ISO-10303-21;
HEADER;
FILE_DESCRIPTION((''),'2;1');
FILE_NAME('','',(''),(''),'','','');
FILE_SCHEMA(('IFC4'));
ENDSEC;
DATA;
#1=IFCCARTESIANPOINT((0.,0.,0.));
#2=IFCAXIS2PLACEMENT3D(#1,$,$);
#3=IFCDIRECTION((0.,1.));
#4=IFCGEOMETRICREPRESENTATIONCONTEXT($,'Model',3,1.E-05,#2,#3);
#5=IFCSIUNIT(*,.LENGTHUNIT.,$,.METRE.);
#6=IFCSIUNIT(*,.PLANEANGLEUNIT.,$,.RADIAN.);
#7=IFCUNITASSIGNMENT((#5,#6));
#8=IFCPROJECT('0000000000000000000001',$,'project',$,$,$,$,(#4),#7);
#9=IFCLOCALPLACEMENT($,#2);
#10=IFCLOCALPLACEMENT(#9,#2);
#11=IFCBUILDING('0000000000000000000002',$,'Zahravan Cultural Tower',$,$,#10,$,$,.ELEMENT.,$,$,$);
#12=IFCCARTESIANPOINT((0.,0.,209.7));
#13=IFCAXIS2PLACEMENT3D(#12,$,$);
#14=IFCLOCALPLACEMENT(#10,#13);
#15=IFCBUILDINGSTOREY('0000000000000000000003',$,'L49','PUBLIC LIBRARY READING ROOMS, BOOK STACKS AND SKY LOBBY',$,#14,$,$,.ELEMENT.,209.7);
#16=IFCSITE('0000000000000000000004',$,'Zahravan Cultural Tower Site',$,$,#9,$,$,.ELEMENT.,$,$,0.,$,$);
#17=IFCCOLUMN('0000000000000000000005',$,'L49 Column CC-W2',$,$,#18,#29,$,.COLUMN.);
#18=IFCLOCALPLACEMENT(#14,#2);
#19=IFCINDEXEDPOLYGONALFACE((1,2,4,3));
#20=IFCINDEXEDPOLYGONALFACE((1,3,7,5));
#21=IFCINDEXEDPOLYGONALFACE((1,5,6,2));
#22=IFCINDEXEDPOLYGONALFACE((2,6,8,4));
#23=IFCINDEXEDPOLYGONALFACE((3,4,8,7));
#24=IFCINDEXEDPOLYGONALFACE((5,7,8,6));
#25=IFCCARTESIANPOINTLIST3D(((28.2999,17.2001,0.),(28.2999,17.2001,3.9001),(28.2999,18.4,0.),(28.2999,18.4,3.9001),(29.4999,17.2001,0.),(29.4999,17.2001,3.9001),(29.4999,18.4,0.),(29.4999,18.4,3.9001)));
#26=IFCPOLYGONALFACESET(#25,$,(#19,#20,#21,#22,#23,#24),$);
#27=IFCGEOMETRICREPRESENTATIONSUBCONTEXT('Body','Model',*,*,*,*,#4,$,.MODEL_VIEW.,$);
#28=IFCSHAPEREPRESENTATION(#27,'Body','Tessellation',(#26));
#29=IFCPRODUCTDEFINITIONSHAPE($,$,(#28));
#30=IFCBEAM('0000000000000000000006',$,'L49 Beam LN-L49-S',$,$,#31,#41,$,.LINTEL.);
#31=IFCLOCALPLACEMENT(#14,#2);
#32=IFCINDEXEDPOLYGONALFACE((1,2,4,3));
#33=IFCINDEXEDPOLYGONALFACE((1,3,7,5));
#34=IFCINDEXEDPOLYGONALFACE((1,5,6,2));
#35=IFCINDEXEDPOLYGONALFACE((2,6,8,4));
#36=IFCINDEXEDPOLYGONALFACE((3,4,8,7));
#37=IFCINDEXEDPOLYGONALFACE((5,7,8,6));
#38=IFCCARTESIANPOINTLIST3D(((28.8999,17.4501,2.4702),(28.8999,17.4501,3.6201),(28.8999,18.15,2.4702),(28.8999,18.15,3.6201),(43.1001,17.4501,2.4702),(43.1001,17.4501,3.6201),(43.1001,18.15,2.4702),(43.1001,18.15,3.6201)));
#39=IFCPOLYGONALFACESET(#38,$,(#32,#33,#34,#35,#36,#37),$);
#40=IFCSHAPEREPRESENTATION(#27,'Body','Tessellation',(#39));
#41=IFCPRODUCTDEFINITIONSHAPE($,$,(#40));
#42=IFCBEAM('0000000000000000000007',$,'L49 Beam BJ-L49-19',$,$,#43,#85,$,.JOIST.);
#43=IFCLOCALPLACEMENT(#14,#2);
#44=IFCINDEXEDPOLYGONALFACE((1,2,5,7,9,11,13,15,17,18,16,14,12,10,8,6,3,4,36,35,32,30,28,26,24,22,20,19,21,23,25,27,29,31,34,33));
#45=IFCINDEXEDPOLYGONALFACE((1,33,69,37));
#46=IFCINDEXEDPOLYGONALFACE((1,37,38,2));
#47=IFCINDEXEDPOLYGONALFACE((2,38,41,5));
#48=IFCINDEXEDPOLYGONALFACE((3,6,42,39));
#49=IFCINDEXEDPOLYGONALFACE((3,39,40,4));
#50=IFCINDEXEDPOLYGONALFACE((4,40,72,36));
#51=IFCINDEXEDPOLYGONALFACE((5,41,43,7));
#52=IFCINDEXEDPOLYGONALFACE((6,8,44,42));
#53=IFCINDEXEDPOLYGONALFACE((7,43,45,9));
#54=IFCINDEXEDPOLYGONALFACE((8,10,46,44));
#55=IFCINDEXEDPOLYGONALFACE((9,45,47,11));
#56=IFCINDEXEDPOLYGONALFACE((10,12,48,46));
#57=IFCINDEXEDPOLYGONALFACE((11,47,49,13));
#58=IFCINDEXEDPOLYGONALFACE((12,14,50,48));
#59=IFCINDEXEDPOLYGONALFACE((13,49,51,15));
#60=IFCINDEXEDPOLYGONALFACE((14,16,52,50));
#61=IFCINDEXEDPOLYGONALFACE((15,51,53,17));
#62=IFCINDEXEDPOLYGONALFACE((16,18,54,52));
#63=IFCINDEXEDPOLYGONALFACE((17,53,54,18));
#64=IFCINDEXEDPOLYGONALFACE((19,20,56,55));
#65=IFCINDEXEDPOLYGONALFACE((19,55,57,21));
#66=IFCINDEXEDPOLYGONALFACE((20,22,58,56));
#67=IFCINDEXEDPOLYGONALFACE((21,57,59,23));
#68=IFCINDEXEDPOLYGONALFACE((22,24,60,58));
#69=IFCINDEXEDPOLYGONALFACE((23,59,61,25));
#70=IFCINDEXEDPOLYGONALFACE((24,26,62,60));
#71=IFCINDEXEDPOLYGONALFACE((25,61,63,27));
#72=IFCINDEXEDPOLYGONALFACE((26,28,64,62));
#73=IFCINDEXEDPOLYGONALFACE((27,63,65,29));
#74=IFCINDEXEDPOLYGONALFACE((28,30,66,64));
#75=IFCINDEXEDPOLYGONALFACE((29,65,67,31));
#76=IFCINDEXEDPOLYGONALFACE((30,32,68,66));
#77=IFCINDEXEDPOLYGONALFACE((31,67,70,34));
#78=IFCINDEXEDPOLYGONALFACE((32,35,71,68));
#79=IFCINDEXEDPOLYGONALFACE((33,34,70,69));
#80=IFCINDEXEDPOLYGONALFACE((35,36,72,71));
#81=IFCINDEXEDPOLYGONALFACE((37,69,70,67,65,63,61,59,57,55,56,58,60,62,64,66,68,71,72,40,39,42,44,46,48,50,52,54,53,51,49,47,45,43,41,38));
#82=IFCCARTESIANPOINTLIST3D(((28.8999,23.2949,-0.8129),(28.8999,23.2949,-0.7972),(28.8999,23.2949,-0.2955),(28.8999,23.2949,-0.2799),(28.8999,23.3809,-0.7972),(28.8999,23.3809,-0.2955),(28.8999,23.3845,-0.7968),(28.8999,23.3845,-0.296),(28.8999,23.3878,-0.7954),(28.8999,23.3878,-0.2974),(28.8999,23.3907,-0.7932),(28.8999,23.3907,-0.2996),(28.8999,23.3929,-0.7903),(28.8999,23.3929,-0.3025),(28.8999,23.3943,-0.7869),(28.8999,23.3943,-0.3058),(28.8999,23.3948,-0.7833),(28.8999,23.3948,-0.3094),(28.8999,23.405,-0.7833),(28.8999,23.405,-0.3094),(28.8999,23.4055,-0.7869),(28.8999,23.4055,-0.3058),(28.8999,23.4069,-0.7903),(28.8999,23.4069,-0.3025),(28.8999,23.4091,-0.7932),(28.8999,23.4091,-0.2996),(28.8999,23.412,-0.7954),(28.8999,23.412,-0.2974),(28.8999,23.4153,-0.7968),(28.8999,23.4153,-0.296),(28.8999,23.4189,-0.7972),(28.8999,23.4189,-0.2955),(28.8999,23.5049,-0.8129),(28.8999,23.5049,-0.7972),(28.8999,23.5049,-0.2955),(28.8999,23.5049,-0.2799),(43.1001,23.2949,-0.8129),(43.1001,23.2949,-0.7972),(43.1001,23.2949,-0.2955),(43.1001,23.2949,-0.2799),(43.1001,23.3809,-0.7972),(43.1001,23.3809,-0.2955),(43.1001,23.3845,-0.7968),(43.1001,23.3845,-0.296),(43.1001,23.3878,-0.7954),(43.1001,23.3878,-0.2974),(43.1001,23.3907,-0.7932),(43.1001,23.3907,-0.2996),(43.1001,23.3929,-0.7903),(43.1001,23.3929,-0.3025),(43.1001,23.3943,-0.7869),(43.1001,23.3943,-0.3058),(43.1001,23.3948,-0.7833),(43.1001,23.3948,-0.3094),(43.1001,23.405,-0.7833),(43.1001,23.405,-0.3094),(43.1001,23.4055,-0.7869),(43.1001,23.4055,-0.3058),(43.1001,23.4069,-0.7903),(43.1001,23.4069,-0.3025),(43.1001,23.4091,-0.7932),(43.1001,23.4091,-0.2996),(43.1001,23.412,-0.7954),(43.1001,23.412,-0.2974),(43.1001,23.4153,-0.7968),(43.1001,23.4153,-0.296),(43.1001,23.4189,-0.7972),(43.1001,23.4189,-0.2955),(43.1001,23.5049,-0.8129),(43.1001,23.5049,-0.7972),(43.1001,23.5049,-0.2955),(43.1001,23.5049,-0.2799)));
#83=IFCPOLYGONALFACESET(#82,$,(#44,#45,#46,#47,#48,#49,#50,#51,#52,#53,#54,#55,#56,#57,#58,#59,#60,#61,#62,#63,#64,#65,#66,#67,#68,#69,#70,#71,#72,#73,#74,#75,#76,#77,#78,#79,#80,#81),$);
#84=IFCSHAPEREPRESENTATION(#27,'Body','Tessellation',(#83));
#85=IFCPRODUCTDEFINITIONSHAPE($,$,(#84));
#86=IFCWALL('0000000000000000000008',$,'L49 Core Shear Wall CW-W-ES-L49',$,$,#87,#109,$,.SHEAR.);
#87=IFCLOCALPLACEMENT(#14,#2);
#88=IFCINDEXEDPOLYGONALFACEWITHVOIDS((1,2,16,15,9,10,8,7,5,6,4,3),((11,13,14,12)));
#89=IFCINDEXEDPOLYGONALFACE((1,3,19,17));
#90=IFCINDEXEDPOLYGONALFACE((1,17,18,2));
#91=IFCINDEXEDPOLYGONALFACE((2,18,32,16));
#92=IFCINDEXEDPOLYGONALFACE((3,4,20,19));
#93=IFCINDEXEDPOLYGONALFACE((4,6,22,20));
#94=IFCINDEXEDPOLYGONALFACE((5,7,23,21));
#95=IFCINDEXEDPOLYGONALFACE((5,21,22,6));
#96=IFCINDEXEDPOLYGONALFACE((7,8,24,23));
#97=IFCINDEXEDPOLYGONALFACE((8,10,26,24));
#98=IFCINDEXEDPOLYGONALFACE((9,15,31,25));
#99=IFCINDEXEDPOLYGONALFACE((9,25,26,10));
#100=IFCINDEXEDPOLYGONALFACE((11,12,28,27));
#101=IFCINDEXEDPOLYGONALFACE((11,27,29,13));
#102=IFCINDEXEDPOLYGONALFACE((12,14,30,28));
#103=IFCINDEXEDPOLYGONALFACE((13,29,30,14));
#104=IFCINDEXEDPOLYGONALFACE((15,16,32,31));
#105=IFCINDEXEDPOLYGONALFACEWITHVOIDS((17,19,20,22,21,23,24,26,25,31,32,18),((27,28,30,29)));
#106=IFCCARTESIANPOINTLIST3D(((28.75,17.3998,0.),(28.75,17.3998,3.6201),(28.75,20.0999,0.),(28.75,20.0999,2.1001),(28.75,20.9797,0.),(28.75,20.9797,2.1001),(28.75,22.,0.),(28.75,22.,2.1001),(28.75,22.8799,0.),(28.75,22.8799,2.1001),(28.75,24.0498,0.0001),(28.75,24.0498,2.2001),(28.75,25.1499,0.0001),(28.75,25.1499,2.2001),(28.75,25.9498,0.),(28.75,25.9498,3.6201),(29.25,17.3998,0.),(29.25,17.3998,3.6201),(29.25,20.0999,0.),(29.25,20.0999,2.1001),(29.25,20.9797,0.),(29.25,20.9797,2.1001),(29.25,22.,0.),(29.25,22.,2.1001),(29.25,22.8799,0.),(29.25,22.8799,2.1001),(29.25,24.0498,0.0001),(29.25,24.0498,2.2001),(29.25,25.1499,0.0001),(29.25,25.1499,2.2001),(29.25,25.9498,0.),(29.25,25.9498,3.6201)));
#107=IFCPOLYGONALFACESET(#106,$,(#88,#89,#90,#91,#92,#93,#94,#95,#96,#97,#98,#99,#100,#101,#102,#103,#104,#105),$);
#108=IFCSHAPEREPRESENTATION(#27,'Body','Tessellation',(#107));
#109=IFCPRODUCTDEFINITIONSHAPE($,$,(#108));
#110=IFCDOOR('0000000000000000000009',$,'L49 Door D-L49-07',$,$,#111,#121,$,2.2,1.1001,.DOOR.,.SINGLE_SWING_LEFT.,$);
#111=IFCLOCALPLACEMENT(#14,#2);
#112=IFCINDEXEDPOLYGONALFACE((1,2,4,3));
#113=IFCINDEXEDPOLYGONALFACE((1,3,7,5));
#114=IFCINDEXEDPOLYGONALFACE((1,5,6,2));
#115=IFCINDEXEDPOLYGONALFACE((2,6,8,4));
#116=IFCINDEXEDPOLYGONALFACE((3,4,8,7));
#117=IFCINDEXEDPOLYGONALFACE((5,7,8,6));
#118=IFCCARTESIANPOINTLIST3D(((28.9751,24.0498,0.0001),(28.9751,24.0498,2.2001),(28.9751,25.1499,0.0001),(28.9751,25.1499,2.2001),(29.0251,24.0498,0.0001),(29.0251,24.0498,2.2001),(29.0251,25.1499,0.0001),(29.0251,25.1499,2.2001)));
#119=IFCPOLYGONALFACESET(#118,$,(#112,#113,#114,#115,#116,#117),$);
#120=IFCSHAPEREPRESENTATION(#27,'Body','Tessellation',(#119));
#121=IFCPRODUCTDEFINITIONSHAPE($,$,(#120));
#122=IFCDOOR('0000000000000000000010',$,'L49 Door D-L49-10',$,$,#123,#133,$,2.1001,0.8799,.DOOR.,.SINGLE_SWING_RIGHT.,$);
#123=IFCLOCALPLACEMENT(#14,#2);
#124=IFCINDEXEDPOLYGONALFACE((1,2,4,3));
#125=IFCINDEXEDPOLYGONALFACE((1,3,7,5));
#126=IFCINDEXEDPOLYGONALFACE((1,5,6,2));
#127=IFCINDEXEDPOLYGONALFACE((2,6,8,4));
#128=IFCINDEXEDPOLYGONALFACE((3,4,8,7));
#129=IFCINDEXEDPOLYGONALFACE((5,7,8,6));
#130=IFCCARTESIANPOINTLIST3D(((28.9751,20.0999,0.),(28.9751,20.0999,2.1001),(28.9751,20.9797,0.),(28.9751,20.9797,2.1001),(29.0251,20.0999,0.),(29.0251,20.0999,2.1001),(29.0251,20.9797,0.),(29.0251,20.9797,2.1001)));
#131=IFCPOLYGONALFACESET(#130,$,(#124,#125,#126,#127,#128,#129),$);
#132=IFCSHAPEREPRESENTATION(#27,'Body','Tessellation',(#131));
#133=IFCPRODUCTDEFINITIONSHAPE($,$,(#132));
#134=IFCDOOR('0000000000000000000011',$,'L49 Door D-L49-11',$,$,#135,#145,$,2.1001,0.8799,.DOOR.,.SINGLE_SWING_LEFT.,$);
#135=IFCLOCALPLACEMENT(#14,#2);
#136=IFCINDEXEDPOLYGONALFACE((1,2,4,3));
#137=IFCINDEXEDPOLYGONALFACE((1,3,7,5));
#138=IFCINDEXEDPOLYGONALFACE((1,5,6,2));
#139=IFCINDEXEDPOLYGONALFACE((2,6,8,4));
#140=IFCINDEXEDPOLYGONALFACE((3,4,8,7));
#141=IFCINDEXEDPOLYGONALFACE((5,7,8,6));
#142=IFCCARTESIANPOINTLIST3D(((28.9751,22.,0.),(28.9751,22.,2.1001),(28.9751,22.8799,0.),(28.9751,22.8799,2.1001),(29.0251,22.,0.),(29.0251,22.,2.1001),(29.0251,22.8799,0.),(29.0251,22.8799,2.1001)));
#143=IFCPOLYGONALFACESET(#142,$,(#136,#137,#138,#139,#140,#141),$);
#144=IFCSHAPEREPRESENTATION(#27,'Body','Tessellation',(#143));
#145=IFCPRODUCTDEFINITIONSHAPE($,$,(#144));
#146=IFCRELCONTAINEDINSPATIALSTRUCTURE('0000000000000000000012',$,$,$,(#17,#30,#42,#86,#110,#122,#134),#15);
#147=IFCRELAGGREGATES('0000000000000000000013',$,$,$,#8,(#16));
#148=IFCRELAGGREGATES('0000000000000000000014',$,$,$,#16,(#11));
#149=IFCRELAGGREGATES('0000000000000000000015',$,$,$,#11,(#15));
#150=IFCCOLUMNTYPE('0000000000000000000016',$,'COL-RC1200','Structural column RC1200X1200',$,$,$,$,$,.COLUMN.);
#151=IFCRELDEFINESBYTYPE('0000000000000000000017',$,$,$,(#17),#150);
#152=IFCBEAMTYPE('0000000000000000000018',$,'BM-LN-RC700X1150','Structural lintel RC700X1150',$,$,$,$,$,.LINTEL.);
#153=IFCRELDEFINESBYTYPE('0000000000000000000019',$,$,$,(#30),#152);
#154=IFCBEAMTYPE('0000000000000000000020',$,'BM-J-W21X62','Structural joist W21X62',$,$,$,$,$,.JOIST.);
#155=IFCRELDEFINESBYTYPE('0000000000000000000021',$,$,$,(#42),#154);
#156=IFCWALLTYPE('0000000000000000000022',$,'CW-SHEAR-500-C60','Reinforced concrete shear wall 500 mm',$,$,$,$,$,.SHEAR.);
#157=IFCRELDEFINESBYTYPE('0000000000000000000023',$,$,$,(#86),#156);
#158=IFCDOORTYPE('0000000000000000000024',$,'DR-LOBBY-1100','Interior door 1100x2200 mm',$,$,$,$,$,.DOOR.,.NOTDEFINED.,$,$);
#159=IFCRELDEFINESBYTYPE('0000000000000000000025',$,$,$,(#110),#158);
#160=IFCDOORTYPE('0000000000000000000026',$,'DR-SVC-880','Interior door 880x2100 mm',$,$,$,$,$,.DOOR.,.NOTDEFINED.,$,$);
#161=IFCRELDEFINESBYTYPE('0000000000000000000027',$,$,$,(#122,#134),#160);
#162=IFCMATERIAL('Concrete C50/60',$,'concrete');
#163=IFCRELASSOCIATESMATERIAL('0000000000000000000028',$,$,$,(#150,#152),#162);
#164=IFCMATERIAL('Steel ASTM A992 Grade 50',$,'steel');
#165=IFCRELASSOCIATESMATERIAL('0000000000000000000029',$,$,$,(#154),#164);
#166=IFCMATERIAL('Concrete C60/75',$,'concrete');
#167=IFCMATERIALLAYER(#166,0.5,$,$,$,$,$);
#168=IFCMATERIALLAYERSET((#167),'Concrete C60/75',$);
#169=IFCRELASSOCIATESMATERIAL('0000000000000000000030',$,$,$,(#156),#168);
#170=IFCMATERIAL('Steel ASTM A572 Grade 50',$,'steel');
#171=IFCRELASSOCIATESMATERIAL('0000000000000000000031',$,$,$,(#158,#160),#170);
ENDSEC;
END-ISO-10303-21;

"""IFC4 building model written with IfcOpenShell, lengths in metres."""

from ifc_helpers import new_model, si_unit, direction, frame, frame_2d, origin, origin_2d, place, context, subcontext, project, spatial, rectangle, i_section, extrude, source, transform, mapped, material, layer, layer_set, material_profile, profile_set, type_object, element, fill, save


model = new_model("IFC4")

# Units and contexts
model_context = context("Model", 3, precision=1e-05, world=origin(), true_north=direction((0.0, 1.0)))
body_context = subcontext(model_context, "Body", "Model", "MODEL_VIEW")
ifc_project = project(units=[si_unit("LENGTHUNIT", "METRE"), si_unit("PLANEANGLEUNIT", "RADIAN")], contexts=[model_context])

# Site, building, storey
site_placement = place(None, origin())
site = spatial("IfcSite", under=ifc_project, at=site_placement, Name="Zahravan Cultural Tower Site", CompositionType="ELEMENT", RefElevation=0.0)
building_placement = place(site_placement, origin())
building = spatial("IfcBuilding", under=site, at=building_placement, Name="Zahravan Cultural Tower", CompositionType="ELEMENT")
storey_placement = place(building_placement, frame((0.0, 0.0, 209.7)))
storey = spatial("IfcBuildingStorey", under=building, at=storey_placement, Name="L49", Description="PUBLIC LIBRARY READING ROOMS, BOOK STACKS AND SKY LOBBY", CompositionType="ELEMENT", Elevation=209.7)

# Column
ifc_material_1 = material(Name="Concrete C50/60", Category="concrete")
ifc_material_profile_1 = material_profile(ifc_material_1, rectangle(XDim=1.2, YDim=1.2, at=origin_2d()), Name="RC1200X1200")
ifc_profile_set_1 = profile_set([ifc_material_profile_1], Name="Concrete C50/60")
column_type = type_object("IfcColumnType", Name="COL-RC1200", Description="Structural column RC1200X1200", PredefinedType="COLUMN", material=ifc_profile_set_1)
shared_shape_1 = source(origin(), body_context, "Body", "SweptSolid", [
    extrude(rectangle(XDim=1.2, YDim=1.2, at=origin_2d()), origin(), (0.0, 0.0, 1.0), 3.9001),
])
column_placement = place(storey_placement, frame((28.8999, 17.8, 0.0), z_axis=(0.0, 0.0, 1.0), x_axis=(1.0, 0.0, 0.0)))
element("IfcColumn", 1, at=column_placement, inside=storey, type_object=column_type, Name="L49 Column CC-W2", PredefinedType="COLUMN", context=body_context, shape_type="MappedRepresentation", body=[
    mapped(shared_shape_1, transform((0.0, 0.0, 0.0), x_axis=(1.0, 0.0, 0.0), y_axis=(0.0, 1.0, 0.0), z_axis=(0.0, 0.0, 1.0), scale=1.0)),
])

# Beams
ifc_material_profile_2 = material_profile(ifc_material_1, rectangle(XDim=0.7, YDim=1.1499, at=origin_2d()), Name="RC700X1150")
ifc_profile_set_2 = profile_set([ifc_material_profile_2], Name="Concrete C50/60")
beam_type_1 = type_object("IfcBeamType", Name="BM-LN-RC700X1150", Description="Structural lintel RC700X1150", PredefinedType="LINTEL", material=ifc_profile_set_2)
shared_shape_2 = source(origin(), body_context, "Body", "SweptSolid", [
    extrude(rectangle(XDim=0.7, YDim=1.1499, at=origin_2d()), origin(), (0.0, 0.0, 1.0), 14.2002),
])
beam_1_placement = place(storey_placement, frame((28.8999, 17.8, 3.0452), z_axis=(1.0, 0.0, 0.0), x_axis=(0.0, 1.0, 0.0)))
element("IfcBeam", 2, at=beam_1_placement, inside=storey, type_object=beam_type_1, Name="L49 Beam LN-L49-S", PredefinedType="LINTEL", context=body_context, shape_type="MappedRepresentation", body=[
    mapped(shared_shape_2, transform((0.0, 0.0, 0.0), x_axis=(1.0, 0.0, 0.0), y_axis=(0.0, 1.0, 0.0), z_axis=(0.0, 0.0, 1.0), scale=1.0)),
])
ifc_material_2 = material(Name="Steel ASTM A992 Grade 50", Category="steel")
ifc_material_profile_3 = material_profile(ifc_material_2, i_section(OverallWidth=0.21, OverallDepth=0.533, WebThickness=0.0103, FlangeThickness=0.0156, FilletRadius=0.0139, at=origin_2d()), Name="W21X62")
ifc_profile_set_3 = profile_set([ifc_material_profile_3], Name="Steel ASTM A992 Grade 50")
beam_type_2 = type_object("IfcBeamType", Name="BM-J-W21X62", Description="Structural joist W21X62", PredefinedType="JOIST", material=ifc_profile_set_3)
shared_shape_3 = source(origin(), body_context, "Body", "SweptSolid", [
    extrude(i_section(OverallWidth=0.21, OverallDepth=0.533, WebThickness=0.0103, FlangeThickness=0.0156, FilletRadius=0.0139, at=origin_2d()), origin(), (0.0, 0.0, 1.0), 14.2002),
])
beam_2_placement = place(storey_placement, frame((28.8999, 23.3999, -0.5464), z_axis=(1.0, 0.0, 0.0), x_axis=(0.0, 1.0, 0.0)))
element("IfcBeam", 3, at=beam_2_placement, inside=storey, type_object=beam_type_2, Name="L49 Beam BJ-L49-19", PredefinedType="JOIST", context=body_context, shape_type="MappedRepresentation", body=[
    mapped(shared_shape_3, transform((0.0, 0.0, 0.0), x_axis=(1.0, 0.0, 0.0), y_axis=(0.0, 1.0, 0.0), z_axis=(0.0, 0.0, 1.0), scale=1.0)),
])

# Wall, openings, doors
ifc_material_3 = material(Name="Concrete C60/75", Category="concrete")
ifc_layer_1 = layer(ifc_material_3, 0.5)
ifc_layer_set_1 = layer_set([ifc_layer_1], Name="Concrete C60/75")
wall_type_1 = type_object("IfcWallType", Name="CW-SHEAR-500-C60", Description="Reinforced concrete shear wall 500 mm", PredefinedType="SHEAR", material=ifc_layer_set_1)
wall_1_placement = place(storey_placement, frame((29.0, 17.3999, 0.0), z_axis=(0.0, 0.0, 1.0), x_axis=(0.0, 1.0, 0.0)))
wall_1 = element("IfcWall", 4, at=wall_1_placement, inside=storey, type_object=wall_type_1, Name="L49 Core Shear Wall CW-W-ES-L49", PredefinedType="SHEAR", context=body_context, shape_type="SweptSolid", body=[
    extrude(rectangle(XDim=8.55, YDim=0.5, at=frame_2d((4.2749, 0.0))), origin(), (0.0, 0.0, 1.0), 3.6201),
])
opening_1_placement = place(wall_1_placement, frame((6.6499, 0.0, 0.0)))
opening_1 = element("IfcOpeningElement", 5, at=opening_1_placement, cuts=wall_1, PredefinedType="OPENING", context=body_context, shape_type="SweptSolid", body=[
    extrude(rectangle(XDim=1.1001, YDim=2.2, at=frame_2d((0.55, 1.1001))), frame((0.0, 0.26, 0.0), z_axis=(0.0, -1.0, 0.0), x_axis=(1.0, 0.0, 0.0)), (0.0, 0.0, 1.0), 0.52),
])
opening_2_placement = place(wall_1_placement, frame((2.7, 0.0, 0.0)))
opening_2 = element("IfcOpeningElement", 6, at=opening_2_placement, cuts=wall_1, PredefinedType="OPENING", context=body_context, shape_type="SweptSolid", body=[
    extrude(rectangle(XDim=0.8799, YDim=2.1001, at=frame_2d((0.4399, 1.05))), frame((0.0, 0.26, 0.0), z_axis=(0.0, -1.0, 0.0), x_axis=(1.0, 0.0, 0.0)), (0.0, 0.0, 1.0), 0.52),
])
opening_3_placement = place(wall_1_placement, frame((4.6001, 0.0, 0.0)))
opening_3 = element("IfcOpeningElement", 7, at=opening_3_placement, cuts=wall_1, PredefinedType="OPENING", context=body_context, shape_type="SweptSolid", body=[
    extrude(rectangle(XDim=0.8799, YDim=2.1001, at=frame_2d((0.4399, 1.05))), frame((0.0, 0.26, 0.0), z_axis=(0.0, -1.0, 0.0), x_axis=(1.0, 0.0, 0.0)), (0.0, 0.0, 1.0), 0.52),
])
ifc_material_4 = material(Name="Steel ASTM A572 Grade 50", Category="steel")
door_type_1 = type_object("IfcDoorType", Name="DR-LOBBY-1100", Description="Interior door 1100x2200 mm", OperationType="NOTDEFINED", PredefinedType="DOOR", material=ifc_material_4)
shared_shape_4 = source(origin(), body_context, "Body", "SweptSolid", [
    extrude(rectangle(XDim=1.1001, YDim=2.2, at=frame_2d((0.55, 1.1001))), frame((0.0, 0.0249, 0.0), z_axis=(0.0, -1.0, 0.0), x_axis=(1.0, 0.0, 0.0)), (0.0, 0.0, 1.0), 0.05),
])
door_1_placement = place(opening_1_placement, origin())
door_1 = element("IfcDoor", 8, at=door_1_placement, inside=storey, type_object=door_type_1, Name="L49 Door D-L49-07", OperationType="SINGLE_SWING_LEFT", OverallHeight=2.2, OverallWidth=1.1001, PredefinedType="DOOR", context=body_context, shape_type="MappedRepresentation", body=[
    mapped(shared_shape_4, transform((0.0, 0.0, 0.0), x_axis=(1.0, 0.0, 0.0), y_axis=(0.0, 1.0, 0.0), z_axis=(0.0, 0.0, 1.0), scale=1.0)),
])
fill(opening_1, door_1)
door_type_2 = type_object("IfcDoorType", Name="DR-SVC-880", Description="Interior door 880x2100 mm", OperationType="NOTDEFINED", PredefinedType="DOOR", material=ifc_material_4)
shared_shape_5 = source(origin(), body_context, "Body", "SweptSolid", [
    extrude(rectangle(XDim=0.8799, YDim=2.1001, at=frame_2d((0.4399, 1.05))), frame((0.0, 0.0249, 0.0), z_axis=(0.0, -1.0, 0.0), x_axis=(1.0, 0.0, 0.0)), (0.0, 0.0, 1.0), 0.05),
])
door_2_placement = place(opening_2_placement, origin())
door_2 = element("IfcDoor", 9, at=door_2_placement, inside=storey, type_object=door_type_2, Name="L49 Door D-L49-10", OperationType="SINGLE_SWING_RIGHT", OverallHeight=2.1001, OverallWidth=0.8799, PredefinedType="DOOR", context=body_context, shape_type="MappedRepresentation", body=[
    mapped(shared_shape_5, transform((0.0, 0.0, 0.0), x_axis=(1.0, 0.0, 0.0), y_axis=(0.0, 1.0, 0.0), z_axis=(0.0, 0.0, 1.0), scale=1.0)),
])
fill(opening_2, door_2)
door_3_placement = place(opening_3_placement, origin())
door_3 = element("IfcDoor", 10, at=door_3_placement, inside=storey, type_object=door_type_2, Name="L49 Door D-L49-11", OperationType="SINGLE_SWING_LEFT", OverallHeight=2.1001, OverallWidth=0.8799, PredefinedType="DOOR", context=body_context, shape_type="MappedRepresentation", body=[
    mapped(shared_shape_5, transform((0.0, 0.0, 0.0), x_axis=(1.0, 0.0, 0.0), y_axis=(0.0, 1.0, 0.0), z_axis=(0.0, 0.0, 1.0), scale=1.0)),
])
fill(opening_3, door_3)

save(model, "model.ifc")
